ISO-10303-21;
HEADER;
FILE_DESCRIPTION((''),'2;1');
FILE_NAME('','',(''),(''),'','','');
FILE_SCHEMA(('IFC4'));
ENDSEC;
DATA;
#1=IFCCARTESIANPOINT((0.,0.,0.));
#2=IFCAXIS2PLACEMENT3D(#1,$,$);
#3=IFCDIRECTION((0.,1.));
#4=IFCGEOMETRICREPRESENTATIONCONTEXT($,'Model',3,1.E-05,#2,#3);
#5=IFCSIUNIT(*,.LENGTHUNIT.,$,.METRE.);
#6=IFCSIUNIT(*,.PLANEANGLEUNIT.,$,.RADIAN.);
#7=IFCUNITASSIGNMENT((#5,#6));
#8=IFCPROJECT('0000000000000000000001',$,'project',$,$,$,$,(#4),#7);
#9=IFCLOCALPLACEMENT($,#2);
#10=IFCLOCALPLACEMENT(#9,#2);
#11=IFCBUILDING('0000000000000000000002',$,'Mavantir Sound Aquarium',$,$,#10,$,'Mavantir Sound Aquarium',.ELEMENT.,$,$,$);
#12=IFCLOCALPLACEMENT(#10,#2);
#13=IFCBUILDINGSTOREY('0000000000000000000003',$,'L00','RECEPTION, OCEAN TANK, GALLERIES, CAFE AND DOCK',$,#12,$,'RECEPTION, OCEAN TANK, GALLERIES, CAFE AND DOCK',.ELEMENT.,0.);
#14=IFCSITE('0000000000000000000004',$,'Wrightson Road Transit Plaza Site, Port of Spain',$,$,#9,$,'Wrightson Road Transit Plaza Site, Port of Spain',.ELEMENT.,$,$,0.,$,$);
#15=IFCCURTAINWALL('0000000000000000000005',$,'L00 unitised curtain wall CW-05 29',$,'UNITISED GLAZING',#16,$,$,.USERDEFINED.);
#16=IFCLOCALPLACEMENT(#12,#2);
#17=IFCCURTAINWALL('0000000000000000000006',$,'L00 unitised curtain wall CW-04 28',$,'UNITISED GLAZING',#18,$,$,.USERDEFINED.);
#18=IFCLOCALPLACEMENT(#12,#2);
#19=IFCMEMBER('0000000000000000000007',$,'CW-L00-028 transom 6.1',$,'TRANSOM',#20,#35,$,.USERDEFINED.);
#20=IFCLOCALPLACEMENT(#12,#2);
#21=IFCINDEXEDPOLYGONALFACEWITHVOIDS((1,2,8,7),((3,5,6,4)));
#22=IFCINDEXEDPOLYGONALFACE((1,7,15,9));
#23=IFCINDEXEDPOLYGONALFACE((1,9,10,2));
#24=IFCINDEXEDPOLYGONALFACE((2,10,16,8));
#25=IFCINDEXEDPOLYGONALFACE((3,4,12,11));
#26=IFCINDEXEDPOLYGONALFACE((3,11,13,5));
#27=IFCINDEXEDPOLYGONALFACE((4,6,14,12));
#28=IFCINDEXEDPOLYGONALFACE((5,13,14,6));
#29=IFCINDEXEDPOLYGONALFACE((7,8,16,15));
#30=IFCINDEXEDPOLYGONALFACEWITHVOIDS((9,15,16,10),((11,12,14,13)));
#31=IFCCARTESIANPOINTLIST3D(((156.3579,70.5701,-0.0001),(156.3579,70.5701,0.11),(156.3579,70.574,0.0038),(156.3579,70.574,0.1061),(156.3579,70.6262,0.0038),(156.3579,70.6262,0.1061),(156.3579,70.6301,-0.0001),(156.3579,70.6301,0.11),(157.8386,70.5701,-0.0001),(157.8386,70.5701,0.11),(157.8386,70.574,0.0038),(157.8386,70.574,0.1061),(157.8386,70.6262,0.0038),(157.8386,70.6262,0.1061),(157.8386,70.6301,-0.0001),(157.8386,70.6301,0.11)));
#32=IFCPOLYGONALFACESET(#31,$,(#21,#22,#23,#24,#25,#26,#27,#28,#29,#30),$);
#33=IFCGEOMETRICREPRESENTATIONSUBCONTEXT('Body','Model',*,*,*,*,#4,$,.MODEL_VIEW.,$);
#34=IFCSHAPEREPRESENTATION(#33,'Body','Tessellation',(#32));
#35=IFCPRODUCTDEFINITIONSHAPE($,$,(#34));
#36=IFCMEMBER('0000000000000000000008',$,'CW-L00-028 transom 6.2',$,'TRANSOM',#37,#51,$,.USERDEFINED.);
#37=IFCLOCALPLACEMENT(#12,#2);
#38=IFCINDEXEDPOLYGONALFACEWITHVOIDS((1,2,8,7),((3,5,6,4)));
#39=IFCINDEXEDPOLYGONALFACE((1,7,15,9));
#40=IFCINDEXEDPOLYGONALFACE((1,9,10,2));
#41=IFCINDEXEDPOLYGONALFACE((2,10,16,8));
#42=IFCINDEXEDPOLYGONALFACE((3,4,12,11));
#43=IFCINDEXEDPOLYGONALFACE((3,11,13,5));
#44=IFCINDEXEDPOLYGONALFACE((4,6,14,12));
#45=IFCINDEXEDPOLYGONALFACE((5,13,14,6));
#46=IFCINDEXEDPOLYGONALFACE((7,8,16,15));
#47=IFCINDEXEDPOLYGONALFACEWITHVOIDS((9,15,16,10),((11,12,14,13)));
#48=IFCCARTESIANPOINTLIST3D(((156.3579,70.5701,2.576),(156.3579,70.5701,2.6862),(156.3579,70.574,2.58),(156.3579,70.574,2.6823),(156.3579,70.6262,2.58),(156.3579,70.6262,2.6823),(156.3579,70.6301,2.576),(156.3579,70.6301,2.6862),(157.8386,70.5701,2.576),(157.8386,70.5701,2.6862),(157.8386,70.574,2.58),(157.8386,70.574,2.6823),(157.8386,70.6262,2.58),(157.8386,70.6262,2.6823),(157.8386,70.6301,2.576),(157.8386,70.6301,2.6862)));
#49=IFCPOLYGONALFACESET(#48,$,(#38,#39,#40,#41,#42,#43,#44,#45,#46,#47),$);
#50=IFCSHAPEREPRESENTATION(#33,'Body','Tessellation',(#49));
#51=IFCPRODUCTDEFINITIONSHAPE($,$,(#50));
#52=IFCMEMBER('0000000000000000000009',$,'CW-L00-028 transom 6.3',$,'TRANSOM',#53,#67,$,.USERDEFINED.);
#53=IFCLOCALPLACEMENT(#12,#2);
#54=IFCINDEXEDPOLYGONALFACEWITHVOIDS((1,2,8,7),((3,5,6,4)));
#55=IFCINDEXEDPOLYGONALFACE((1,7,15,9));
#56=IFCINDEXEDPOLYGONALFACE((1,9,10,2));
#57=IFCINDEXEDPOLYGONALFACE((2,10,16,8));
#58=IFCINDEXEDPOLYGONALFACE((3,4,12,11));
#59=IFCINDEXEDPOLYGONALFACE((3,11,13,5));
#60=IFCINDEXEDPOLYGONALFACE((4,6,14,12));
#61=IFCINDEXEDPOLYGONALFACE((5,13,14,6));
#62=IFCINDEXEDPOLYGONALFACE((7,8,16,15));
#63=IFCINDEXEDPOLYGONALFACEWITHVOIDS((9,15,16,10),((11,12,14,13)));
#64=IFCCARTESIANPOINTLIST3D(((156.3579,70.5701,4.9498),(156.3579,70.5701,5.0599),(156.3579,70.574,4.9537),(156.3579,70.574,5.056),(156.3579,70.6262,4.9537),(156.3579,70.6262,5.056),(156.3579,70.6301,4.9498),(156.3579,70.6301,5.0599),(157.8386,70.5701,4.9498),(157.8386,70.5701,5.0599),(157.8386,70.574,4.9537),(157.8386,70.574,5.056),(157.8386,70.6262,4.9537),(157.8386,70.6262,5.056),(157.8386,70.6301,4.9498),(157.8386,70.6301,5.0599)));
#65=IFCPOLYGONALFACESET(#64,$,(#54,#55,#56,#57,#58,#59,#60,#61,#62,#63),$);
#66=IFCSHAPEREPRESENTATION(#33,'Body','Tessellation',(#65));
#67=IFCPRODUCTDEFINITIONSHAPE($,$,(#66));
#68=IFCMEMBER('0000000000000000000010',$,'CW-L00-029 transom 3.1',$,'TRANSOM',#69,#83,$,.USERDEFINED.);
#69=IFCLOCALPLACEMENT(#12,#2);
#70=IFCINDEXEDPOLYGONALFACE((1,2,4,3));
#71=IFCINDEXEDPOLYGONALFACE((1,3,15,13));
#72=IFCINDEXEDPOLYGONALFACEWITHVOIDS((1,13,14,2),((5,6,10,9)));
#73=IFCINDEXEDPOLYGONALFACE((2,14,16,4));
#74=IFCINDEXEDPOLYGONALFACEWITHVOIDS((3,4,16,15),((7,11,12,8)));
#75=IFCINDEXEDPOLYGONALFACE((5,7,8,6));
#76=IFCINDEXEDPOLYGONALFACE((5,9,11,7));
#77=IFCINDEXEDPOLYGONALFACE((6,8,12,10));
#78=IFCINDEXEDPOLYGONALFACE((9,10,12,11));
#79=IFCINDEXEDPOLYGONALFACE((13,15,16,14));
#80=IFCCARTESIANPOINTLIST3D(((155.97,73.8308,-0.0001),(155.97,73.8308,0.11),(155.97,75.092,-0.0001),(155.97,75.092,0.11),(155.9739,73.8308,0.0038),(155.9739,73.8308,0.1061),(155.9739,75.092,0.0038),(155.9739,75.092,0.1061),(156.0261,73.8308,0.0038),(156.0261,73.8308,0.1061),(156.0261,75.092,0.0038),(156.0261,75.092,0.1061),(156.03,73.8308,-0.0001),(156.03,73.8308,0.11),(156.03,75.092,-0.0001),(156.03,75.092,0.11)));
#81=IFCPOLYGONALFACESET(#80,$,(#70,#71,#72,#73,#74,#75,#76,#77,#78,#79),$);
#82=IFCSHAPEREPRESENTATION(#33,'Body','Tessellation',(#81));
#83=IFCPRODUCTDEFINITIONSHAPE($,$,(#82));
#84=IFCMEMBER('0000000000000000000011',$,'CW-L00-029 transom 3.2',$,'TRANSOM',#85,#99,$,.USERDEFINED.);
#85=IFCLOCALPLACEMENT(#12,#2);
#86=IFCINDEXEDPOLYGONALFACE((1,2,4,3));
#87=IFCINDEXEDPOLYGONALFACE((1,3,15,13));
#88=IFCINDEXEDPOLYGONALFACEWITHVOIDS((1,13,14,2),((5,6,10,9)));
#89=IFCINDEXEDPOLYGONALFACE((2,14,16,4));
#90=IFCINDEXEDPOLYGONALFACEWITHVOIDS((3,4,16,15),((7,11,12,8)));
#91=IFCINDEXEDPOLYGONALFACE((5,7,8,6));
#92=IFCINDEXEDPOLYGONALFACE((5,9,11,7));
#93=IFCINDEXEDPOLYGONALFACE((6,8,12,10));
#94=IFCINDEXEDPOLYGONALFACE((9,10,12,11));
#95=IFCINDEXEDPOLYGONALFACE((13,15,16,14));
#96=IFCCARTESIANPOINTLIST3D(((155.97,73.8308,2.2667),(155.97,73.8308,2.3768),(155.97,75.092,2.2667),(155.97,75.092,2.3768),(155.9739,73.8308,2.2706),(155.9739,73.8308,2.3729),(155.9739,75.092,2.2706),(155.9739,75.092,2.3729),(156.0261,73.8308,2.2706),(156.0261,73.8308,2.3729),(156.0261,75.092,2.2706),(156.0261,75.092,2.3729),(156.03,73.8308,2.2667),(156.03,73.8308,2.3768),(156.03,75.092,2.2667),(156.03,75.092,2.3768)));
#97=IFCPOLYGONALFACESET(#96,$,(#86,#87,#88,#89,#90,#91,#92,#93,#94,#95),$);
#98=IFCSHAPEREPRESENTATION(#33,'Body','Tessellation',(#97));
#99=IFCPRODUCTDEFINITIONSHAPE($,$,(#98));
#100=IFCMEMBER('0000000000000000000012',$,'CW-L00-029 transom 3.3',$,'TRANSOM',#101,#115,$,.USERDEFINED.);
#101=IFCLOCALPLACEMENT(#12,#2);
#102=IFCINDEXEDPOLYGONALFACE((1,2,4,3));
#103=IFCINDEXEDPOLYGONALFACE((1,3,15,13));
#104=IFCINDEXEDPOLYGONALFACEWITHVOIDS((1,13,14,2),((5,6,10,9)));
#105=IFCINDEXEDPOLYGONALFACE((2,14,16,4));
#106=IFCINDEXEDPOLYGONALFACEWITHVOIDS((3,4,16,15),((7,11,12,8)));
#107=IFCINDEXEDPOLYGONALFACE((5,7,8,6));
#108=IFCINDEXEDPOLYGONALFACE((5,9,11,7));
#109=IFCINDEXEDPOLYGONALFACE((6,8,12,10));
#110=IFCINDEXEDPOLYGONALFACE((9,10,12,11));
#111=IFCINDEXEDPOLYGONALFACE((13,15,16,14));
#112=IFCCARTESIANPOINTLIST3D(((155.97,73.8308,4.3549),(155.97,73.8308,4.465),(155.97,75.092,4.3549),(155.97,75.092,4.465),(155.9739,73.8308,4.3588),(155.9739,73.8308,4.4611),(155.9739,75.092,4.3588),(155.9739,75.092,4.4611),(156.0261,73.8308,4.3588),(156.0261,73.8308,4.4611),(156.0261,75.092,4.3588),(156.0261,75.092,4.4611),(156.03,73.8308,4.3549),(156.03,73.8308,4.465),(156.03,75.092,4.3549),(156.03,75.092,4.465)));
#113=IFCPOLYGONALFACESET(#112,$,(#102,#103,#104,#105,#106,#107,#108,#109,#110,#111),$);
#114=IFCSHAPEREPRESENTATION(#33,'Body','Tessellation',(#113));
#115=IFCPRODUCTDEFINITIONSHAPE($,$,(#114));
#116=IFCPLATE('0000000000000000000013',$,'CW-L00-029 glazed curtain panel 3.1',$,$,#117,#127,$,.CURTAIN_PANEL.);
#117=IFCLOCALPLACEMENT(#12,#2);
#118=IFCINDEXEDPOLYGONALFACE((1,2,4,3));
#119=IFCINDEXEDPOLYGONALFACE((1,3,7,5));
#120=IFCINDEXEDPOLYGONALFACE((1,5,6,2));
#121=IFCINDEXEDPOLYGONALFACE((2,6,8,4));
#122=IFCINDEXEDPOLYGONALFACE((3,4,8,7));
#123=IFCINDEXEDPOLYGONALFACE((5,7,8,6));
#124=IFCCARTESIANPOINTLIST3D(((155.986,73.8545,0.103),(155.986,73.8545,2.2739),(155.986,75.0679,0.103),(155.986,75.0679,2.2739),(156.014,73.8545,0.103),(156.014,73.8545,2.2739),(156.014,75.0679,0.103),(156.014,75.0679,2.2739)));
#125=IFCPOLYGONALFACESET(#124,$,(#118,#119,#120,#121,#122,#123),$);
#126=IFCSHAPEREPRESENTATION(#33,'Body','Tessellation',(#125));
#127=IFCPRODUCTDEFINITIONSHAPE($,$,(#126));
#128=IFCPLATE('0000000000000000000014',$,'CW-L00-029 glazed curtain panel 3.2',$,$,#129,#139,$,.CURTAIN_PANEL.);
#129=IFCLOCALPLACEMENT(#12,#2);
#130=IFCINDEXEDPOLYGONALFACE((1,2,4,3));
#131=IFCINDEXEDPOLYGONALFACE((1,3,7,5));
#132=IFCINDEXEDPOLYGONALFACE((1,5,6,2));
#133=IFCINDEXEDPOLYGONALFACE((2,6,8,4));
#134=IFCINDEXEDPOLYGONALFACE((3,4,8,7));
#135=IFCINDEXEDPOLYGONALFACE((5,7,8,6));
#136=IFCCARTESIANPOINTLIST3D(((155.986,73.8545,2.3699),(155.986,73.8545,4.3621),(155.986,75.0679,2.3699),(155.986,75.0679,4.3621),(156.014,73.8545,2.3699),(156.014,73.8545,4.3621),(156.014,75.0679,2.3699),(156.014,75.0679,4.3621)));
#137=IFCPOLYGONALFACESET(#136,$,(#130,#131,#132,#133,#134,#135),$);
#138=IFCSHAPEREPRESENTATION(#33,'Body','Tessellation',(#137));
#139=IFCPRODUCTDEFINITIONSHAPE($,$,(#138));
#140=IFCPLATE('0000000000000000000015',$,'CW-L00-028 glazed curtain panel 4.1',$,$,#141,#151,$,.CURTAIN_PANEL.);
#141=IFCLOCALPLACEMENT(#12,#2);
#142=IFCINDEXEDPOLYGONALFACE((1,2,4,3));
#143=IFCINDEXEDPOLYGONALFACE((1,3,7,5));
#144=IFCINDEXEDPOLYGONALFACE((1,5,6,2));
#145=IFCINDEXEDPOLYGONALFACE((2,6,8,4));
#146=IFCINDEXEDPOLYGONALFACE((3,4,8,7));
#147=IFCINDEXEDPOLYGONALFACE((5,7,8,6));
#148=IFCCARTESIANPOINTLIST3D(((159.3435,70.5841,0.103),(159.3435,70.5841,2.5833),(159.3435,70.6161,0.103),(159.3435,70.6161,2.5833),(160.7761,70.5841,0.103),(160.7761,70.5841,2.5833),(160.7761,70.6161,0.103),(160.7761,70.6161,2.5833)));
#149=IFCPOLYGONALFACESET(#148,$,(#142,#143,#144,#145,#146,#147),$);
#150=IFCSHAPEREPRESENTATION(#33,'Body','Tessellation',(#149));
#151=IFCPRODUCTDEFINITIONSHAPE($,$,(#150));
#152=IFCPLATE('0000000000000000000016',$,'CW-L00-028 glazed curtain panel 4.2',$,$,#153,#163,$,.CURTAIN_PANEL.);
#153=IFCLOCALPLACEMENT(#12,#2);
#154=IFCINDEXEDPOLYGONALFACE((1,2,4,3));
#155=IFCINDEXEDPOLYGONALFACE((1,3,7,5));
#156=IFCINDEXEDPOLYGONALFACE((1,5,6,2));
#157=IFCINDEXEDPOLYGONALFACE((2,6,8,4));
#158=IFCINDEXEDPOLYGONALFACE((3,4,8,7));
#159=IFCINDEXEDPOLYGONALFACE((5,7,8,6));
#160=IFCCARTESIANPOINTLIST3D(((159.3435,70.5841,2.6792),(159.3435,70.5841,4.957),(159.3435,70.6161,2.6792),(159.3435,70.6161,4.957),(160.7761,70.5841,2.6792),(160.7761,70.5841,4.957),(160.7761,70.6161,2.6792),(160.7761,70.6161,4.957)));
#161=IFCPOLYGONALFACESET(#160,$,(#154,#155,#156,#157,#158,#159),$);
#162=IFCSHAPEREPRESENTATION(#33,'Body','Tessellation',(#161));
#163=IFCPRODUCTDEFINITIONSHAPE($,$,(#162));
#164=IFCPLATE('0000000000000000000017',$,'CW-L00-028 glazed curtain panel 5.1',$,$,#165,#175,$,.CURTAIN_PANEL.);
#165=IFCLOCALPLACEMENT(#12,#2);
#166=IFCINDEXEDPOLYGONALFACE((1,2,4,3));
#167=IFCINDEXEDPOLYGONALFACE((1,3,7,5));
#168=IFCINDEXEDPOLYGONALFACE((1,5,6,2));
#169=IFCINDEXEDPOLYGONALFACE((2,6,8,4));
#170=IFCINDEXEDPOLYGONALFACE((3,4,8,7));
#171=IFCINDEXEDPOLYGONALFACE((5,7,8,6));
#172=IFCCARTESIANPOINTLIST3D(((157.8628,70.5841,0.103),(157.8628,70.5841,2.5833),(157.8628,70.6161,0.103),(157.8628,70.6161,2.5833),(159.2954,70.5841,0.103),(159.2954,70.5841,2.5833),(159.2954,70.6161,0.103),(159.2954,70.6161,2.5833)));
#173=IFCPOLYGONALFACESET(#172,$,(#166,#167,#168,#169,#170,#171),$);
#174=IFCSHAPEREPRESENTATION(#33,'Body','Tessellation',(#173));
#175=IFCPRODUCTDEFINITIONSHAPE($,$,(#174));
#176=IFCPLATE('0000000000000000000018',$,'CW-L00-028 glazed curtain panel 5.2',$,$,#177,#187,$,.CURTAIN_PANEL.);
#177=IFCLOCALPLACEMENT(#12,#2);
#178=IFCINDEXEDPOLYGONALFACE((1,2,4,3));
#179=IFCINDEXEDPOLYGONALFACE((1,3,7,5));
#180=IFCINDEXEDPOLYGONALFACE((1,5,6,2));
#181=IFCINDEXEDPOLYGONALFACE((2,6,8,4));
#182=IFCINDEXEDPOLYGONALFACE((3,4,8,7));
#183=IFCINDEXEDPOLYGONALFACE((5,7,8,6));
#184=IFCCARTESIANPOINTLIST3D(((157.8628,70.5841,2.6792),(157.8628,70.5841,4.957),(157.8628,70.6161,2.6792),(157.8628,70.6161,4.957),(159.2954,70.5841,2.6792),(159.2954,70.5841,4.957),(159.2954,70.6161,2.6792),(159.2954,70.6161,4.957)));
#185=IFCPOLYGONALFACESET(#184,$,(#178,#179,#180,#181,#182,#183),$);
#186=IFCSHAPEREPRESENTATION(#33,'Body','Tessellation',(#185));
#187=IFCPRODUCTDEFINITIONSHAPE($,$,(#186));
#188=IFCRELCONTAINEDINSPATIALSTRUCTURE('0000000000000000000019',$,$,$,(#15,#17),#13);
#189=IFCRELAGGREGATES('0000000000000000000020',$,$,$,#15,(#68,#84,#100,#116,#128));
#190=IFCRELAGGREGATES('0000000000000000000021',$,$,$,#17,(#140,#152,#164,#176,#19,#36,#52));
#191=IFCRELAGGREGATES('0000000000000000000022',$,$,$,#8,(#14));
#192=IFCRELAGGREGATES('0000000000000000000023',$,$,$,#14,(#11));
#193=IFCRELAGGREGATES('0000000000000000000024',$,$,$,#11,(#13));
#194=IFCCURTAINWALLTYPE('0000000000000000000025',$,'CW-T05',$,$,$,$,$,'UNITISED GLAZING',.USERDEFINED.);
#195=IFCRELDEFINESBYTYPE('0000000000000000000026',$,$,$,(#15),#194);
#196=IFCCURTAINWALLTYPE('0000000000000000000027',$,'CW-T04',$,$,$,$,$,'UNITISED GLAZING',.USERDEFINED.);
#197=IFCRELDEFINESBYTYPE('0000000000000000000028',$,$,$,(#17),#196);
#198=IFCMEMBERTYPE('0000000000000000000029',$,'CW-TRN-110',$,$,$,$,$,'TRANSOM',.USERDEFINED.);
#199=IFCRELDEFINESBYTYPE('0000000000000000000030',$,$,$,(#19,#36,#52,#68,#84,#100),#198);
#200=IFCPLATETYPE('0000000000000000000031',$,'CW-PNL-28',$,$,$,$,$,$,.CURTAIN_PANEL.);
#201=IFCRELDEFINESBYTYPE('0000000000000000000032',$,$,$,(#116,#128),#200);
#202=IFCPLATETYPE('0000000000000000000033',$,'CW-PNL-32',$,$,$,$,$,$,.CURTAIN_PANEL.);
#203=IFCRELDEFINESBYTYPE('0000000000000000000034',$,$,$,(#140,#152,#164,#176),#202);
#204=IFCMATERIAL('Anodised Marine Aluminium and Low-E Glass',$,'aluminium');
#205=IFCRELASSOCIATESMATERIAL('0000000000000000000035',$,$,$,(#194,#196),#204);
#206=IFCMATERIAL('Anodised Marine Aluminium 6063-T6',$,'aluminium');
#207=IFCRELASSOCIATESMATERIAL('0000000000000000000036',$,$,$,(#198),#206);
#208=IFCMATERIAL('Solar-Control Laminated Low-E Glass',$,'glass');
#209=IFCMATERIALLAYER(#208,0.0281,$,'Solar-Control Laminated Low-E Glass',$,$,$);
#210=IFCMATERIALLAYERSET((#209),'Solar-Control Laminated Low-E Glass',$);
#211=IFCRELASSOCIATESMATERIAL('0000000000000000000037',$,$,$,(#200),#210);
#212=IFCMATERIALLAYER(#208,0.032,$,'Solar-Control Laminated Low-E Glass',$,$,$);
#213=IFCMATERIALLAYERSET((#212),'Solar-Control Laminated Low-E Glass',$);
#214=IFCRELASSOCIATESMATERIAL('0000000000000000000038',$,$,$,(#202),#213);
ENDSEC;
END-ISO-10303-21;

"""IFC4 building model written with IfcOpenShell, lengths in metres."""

from ifc_helpers import new_model, si_unit, direction, frame, origin, origin_2d, place, context, subcontext, project, spatial, rectangle, hollow_rectangle, extrude, material, layer, layer_set, material_profile, profile_set, type_object, element, aggregate, save


model = new_model("IFC4")

# Units and contexts
model_context = context("Model", 3, precision=1e-05, world=origin(), true_north=direction((0.0, 1.0)))
body_context = subcontext(model_context, "Body", "Model", "MODEL_VIEW")
ifc_project = project(units=[si_unit("LENGTHUNIT", "METRE"), si_unit("PLANEANGLEUNIT", "RADIAN")], contexts=[model_context])

# Site, building, storey
site_placement = place(None, origin())
site = spatial("IfcSite", under=ifc_project, at=site_placement, Name="Wrightson Road Transit Plaza Site, Port of Spain", LongName="Wrightson Road Transit Plaza Site, Port of Spain", CompositionType="ELEMENT", RefElevation=0.0)
building_placement = place(site_placement, origin())
building = spatial("IfcBuilding", under=site, at=building_placement, Name="Mavantir Sound Aquarium", LongName="Mavantir Sound Aquarium", CompositionType="ELEMENT")
storey_placement = place(building_placement, origin())
storey = spatial("IfcBuildingStorey", under=building, at=storey_placement, Name="L00", Description="RECEPTION, OCEAN TANK, GALLERIES, CAFE AND DOCK", LongName="RECEPTION, OCEAN TANK, GALLERIES, CAFE AND DOCK", CompositionType="ELEMENT", Elevation=0.0)

# Curtain walls, members
ifc_material_1 = material(Name="Anodised Marine Aluminium and Low-E Glass", Category="aluminium")
curtain_wall_type_1 = type_object("IfcCurtainWallType", Name="CW-T05", ElementType="UNITISED GLAZING", PredefinedType="USERDEFINED", material=ifc_material_1)
curtain_wall_1_placement = place(storey_placement, origin())
curtain_wall_1 = element("IfcCurtainWall", 1, at=curtain_wall_1_placement, inside=storey, type_object=curtain_wall_type_1, Name="L00 unitised curtain wall CW-05 29", ObjectType="UNITISED GLAZING", PredefinedType="USERDEFINED")
ifc_material_2 = material(Name="Anodised Marine Aluminium 6063-T6", Category="aluminium")
curtain_wall_type_2 = type_object("IfcCurtainWallType", Name="CW-T04", ElementType="UNITISED GLAZING", PredefinedType="USERDEFINED", material=ifc_material_1)
curtain_wall_2_placement = place(storey_placement, origin())
curtain_wall_2 = element("IfcCurtainWall", 2, at=curtain_wall_2_placement, inside=storey, type_object=curtain_wall_type_2, Name="L00 unitised curtain wall CW-04 28", ObjectType="UNITISED GLAZING", PredefinedType="USERDEFINED")
ifc_material_profile_1 = material_profile(ifc_material_2, hollow_rectangle(XDim=0.0601, YDim=0.1101, WallThickness=0.0039, at=origin_2d()), Name="ALU-TRANSOM-110X60")
ifc_profile_set_1 = profile_set([ifc_material_profile_1], Name="Anodised Marine Aluminium 6063-T6")
member_type_1 = type_object("IfcMemberType", Name="CW-TRN-110", ElementType="TRANSOM", PredefinedType="USERDEFINED", material=ifc_profile_set_1)
member_1_placement = place(storey_placement, frame((157.8386, 70.6001, 0.0549), z_axis=(-1.0, 0.0, 0.0), x_axis=(0.0, -1.0, 0.0)))
member_1 = element("IfcMember", 3, at=member_1_placement, type_object=member_type_1, Name="CW-L00-028 transom 6.1", ObjectType="TRANSOM", PredefinedType="USERDEFINED", context=body_context, shape_type="SweptSolid", body=[
    extrude(hollow_rectangle(XDim=0.0601, YDim=0.1101, WallThickness=0.0039, at=origin_2d()), origin(), (0.0, 0.0, 1.0), 1.4807),
])
member_2_placement = place(storey_placement, frame((157.8386, 70.6001, 2.6311), z_axis=(-1.0, 0.0, 0.0), x_axis=(0.0, -1.0, 0.0)))
member_2 = element("IfcMember", 4, at=member_2_placement, type_object=member_type_1, Name="CW-L00-028 transom 6.2", ObjectType="TRANSOM", PredefinedType="USERDEFINED", context=body_context, shape_type="SweptSolid", body=[
    extrude(hollow_rectangle(XDim=0.0601, YDim=0.1101, WallThickness=0.0039, at=origin_2d()), origin(), (0.0, 0.0, 1.0), 1.4807),
])
member_3_placement = place(storey_placement, frame((157.8386, 70.6001, 5.0049), z_axis=(-1.0, 0.0, 0.0), x_axis=(0.0, -1.0, 0.0)))
member_3 = element("IfcMember", 5, at=member_3_placement, type_object=member_type_1, Name="CW-L00-028 transom 6.3", ObjectType="TRANSOM", PredefinedType="USERDEFINED", context=body_context, shape_type="SweptSolid", body=[
    extrude(hollow_rectangle(XDim=0.0601, YDim=0.1101, WallThickness=0.0039, at=origin_2d()), origin(), (0.0, 0.0, 1.0), 1.4807),
])

# Members
member_4_placement = place(storey_placement, frame((156.0, 73.8308, 0.0549), z_axis=(0.0, 1.0, 0.0), x_axis=(-1.0, 0.0, 0.0)))
member_4 = element("IfcMember", 6, at=member_4_placement, type_object=member_type_1, Name="CW-L00-029 transom 3.1", ObjectType="TRANSOM", PredefinedType="USERDEFINED", context=body_context, shape_type="SweptSolid", body=[
    extrude(hollow_rectangle(XDim=0.0601, YDim=0.1101, WallThickness=0.0039, at=origin_2d()), origin(), (0.0, 0.0, 1.0), 1.2612),
])
member_5_placement = place(storey_placement, frame((156.0, 73.8308, 2.3218), z_axis=(0.0, 1.0, 0.0), x_axis=(-1.0, 0.0, 0.0)))
member_5 = element("IfcMember", 7, at=member_5_placement, type_object=member_type_1, Name="CW-L00-029 transom 3.2", ObjectType="TRANSOM", PredefinedType="USERDEFINED", context=body_context, shape_type="SweptSolid", body=[
    extrude(hollow_rectangle(XDim=0.0601, YDim=0.1101, WallThickness=0.0039, at=origin_2d()), origin(), (0.0, 0.0, 1.0), 1.2612),
])
member_6_placement = place(storey_placement, frame((156.0, 73.8308, 4.4099), z_axis=(0.0, 1.0, 0.0), x_axis=(-1.0, 0.0, 0.0)))
member_6 = element("IfcMember", 8, at=member_6_placement, type_object=member_type_1, Name="CW-L00-029 transom 3.3", ObjectType="TRANSOM", PredefinedType="USERDEFINED", context=body_context, shape_type="SweptSolid", body=[
    extrude(hollow_rectangle(XDim=0.0601, YDim=0.1101, WallThickness=0.0039, at=origin_2d()), origin(), (0.0, 0.0, 1.0), 1.2612),
])

# Plates
ifc_material_3 = material(Name="Solar-Control Laminated Low-E Glass", Category="glass")
ifc_layer_1 = layer(ifc_material_3, 0.0281, Name="Solar-Control Laminated Low-E Glass")
ifc_layer_set_1 = layer_set([ifc_layer_1], Name="Solar-Control Laminated Low-E Glass")
plate_type_1 = type_object("IfcPlateType", Name="CW-PNL-28", PredefinedType="CURTAIN_PANEL", material=ifc_layer_set_1)
plate_1_placement = place(storey_placement, frame((156.0, 74.4612, 0.103), z_axis=(0.0, 0.0, 1.0), x_axis=(0.0, 1.0, 0.0)))
plate_1 = element("IfcPlate", 9, at=plate_1_placement, type_object=plate_type_1, Name="CW-L00-029 glazed curtain panel 3.1", PredefinedType="CURTAIN_PANEL", context=body_context, shape_type="SweptSolid", body=[
    extrude(rectangle(XDim=1.2134, YDim=0.0281, at=origin_2d()), origin(), (0.0, 0.0, 1.0), 2.1709),
])
plate_2_placement = place(storey_placement, frame((156.0, 74.4612, 2.3699), z_axis=(0.0, 0.0, 1.0), x_axis=(0.0, 1.0, 0.0)))
plate_2 = element("IfcPlate", 10, at=plate_2_placement, type_object=plate_type_1, Name="CW-L00-029 glazed curtain panel 3.2", PredefinedType="CURTAIN_PANEL", context=body_context, shape_type="SweptSolid", body=[
    extrude(rectangle(XDim=1.2134, YDim=0.0281, at=origin_2d()), origin(), (0.0, 0.0, 1.0), 1.9922),
])
aggregate(curtain_wall_1, [member_4, member_5, member_6, plate_1, plate_2])
ifc_layer_2 = layer(ifc_material_3, 0.032, Name="Solar-Control Laminated Low-E Glass")
ifc_layer_set_2 = layer_set([ifc_layer_2], Name="Solar-Control Laminated Low-E Glass")
plate_type_2 = type_object("IfcPlateType", Name="CW-PNL-32", PredefinedType="CURTAIN_PANEL", material=ifc_layer_set_2)
plate_3_placement = place(storey_placement, frame((160.0598, 70.6001, 0.103), z_axis=(0.0, 0.0, 1.0), x_axis=(-1.0, 0.0, 0.0)))
plate_3 = element("IfcPlate", 11, at=plate_3_placement, type_object=plate_type_2, Name="CW-L00-028 glazed curtain panel 4.1", PredefinedType="CURTAIN_PANEL", context=body_context, shape_type="SweptSolid", body=[
    extrude(rectangle(XDim=1.4326, YDim=0.032, at=origin_2d()), origin(), (0.0, 0.0, 1.0), 2.4802),
])
plate_4_placement = place(storey_placement, frame((160.0598, 70.6001, 2.6792), z_axis=(0.0, 0.0, 1.0), x_axis=(-1.0, 0.0, 0.0)))
plate_4 = element("IfcPlate", 12, at=plate_4_placement, type_object=plate_type_2, Name="CW-L00-028 glazed curtain panel 4.2", PredefinedType="CURTAIN_PANEL", context=body_context, shape_type="SweptSolid", body=[
    extrude(rectangle(XDim=1.4326, YDim=0.032, at=origin_2d()), origin(), (0.0, 0.0, 1.0), 2.2778),
])
plate_5_placement = place(storey_placement, frame((158.5791, 70.6001, 0.103), z_axis=(0.0, 0.0, 1.0), x_axis=(-1.0, 0.0, 0.0)))
plate_5 = element("IfcPlate", 13, at=plate_5_placement, type_object=plate_type_2, Name="CW-L00-028 glazed curtain panel 5.1", PredefinedType="CURTAIN_PANEL", context=body_context, shape_type="SweptSolid", body=[
    extrude(rectangle(XDim=1.4326, YDim=0.032, at=origin_2d()), origin(), (0.0, 0.0, 1.0), 2.4802),
])
plate_6_placement = place(storey_placement, frame((158.5791, 70.6001, 2.6792), z_axis=(0.0, 0.0, 1.0), x_axis=(-1.0, 0.0, 0.0)))
plate_6 = element("IfcPlate", 14, at=plate_6_placement, type_object=plate_type_2, Name="CW-L00-028 glazed curtain panel 5.2", PredefinedType="CURTAIN_PANEL", context=body_context, shape_type="SweptSolid", body=[
    extrude(rectangle(XDim=1.4326, YDim=0.032, at=origin_2d()), origin(), (0.0, 0.0, 1.0), 2.2778),
])
aggregate(curtain_wall_2, [plate_3, plate_4, plate_5, plate_6, member_1, member_2, member_3])

save(model, "model.ifc")
